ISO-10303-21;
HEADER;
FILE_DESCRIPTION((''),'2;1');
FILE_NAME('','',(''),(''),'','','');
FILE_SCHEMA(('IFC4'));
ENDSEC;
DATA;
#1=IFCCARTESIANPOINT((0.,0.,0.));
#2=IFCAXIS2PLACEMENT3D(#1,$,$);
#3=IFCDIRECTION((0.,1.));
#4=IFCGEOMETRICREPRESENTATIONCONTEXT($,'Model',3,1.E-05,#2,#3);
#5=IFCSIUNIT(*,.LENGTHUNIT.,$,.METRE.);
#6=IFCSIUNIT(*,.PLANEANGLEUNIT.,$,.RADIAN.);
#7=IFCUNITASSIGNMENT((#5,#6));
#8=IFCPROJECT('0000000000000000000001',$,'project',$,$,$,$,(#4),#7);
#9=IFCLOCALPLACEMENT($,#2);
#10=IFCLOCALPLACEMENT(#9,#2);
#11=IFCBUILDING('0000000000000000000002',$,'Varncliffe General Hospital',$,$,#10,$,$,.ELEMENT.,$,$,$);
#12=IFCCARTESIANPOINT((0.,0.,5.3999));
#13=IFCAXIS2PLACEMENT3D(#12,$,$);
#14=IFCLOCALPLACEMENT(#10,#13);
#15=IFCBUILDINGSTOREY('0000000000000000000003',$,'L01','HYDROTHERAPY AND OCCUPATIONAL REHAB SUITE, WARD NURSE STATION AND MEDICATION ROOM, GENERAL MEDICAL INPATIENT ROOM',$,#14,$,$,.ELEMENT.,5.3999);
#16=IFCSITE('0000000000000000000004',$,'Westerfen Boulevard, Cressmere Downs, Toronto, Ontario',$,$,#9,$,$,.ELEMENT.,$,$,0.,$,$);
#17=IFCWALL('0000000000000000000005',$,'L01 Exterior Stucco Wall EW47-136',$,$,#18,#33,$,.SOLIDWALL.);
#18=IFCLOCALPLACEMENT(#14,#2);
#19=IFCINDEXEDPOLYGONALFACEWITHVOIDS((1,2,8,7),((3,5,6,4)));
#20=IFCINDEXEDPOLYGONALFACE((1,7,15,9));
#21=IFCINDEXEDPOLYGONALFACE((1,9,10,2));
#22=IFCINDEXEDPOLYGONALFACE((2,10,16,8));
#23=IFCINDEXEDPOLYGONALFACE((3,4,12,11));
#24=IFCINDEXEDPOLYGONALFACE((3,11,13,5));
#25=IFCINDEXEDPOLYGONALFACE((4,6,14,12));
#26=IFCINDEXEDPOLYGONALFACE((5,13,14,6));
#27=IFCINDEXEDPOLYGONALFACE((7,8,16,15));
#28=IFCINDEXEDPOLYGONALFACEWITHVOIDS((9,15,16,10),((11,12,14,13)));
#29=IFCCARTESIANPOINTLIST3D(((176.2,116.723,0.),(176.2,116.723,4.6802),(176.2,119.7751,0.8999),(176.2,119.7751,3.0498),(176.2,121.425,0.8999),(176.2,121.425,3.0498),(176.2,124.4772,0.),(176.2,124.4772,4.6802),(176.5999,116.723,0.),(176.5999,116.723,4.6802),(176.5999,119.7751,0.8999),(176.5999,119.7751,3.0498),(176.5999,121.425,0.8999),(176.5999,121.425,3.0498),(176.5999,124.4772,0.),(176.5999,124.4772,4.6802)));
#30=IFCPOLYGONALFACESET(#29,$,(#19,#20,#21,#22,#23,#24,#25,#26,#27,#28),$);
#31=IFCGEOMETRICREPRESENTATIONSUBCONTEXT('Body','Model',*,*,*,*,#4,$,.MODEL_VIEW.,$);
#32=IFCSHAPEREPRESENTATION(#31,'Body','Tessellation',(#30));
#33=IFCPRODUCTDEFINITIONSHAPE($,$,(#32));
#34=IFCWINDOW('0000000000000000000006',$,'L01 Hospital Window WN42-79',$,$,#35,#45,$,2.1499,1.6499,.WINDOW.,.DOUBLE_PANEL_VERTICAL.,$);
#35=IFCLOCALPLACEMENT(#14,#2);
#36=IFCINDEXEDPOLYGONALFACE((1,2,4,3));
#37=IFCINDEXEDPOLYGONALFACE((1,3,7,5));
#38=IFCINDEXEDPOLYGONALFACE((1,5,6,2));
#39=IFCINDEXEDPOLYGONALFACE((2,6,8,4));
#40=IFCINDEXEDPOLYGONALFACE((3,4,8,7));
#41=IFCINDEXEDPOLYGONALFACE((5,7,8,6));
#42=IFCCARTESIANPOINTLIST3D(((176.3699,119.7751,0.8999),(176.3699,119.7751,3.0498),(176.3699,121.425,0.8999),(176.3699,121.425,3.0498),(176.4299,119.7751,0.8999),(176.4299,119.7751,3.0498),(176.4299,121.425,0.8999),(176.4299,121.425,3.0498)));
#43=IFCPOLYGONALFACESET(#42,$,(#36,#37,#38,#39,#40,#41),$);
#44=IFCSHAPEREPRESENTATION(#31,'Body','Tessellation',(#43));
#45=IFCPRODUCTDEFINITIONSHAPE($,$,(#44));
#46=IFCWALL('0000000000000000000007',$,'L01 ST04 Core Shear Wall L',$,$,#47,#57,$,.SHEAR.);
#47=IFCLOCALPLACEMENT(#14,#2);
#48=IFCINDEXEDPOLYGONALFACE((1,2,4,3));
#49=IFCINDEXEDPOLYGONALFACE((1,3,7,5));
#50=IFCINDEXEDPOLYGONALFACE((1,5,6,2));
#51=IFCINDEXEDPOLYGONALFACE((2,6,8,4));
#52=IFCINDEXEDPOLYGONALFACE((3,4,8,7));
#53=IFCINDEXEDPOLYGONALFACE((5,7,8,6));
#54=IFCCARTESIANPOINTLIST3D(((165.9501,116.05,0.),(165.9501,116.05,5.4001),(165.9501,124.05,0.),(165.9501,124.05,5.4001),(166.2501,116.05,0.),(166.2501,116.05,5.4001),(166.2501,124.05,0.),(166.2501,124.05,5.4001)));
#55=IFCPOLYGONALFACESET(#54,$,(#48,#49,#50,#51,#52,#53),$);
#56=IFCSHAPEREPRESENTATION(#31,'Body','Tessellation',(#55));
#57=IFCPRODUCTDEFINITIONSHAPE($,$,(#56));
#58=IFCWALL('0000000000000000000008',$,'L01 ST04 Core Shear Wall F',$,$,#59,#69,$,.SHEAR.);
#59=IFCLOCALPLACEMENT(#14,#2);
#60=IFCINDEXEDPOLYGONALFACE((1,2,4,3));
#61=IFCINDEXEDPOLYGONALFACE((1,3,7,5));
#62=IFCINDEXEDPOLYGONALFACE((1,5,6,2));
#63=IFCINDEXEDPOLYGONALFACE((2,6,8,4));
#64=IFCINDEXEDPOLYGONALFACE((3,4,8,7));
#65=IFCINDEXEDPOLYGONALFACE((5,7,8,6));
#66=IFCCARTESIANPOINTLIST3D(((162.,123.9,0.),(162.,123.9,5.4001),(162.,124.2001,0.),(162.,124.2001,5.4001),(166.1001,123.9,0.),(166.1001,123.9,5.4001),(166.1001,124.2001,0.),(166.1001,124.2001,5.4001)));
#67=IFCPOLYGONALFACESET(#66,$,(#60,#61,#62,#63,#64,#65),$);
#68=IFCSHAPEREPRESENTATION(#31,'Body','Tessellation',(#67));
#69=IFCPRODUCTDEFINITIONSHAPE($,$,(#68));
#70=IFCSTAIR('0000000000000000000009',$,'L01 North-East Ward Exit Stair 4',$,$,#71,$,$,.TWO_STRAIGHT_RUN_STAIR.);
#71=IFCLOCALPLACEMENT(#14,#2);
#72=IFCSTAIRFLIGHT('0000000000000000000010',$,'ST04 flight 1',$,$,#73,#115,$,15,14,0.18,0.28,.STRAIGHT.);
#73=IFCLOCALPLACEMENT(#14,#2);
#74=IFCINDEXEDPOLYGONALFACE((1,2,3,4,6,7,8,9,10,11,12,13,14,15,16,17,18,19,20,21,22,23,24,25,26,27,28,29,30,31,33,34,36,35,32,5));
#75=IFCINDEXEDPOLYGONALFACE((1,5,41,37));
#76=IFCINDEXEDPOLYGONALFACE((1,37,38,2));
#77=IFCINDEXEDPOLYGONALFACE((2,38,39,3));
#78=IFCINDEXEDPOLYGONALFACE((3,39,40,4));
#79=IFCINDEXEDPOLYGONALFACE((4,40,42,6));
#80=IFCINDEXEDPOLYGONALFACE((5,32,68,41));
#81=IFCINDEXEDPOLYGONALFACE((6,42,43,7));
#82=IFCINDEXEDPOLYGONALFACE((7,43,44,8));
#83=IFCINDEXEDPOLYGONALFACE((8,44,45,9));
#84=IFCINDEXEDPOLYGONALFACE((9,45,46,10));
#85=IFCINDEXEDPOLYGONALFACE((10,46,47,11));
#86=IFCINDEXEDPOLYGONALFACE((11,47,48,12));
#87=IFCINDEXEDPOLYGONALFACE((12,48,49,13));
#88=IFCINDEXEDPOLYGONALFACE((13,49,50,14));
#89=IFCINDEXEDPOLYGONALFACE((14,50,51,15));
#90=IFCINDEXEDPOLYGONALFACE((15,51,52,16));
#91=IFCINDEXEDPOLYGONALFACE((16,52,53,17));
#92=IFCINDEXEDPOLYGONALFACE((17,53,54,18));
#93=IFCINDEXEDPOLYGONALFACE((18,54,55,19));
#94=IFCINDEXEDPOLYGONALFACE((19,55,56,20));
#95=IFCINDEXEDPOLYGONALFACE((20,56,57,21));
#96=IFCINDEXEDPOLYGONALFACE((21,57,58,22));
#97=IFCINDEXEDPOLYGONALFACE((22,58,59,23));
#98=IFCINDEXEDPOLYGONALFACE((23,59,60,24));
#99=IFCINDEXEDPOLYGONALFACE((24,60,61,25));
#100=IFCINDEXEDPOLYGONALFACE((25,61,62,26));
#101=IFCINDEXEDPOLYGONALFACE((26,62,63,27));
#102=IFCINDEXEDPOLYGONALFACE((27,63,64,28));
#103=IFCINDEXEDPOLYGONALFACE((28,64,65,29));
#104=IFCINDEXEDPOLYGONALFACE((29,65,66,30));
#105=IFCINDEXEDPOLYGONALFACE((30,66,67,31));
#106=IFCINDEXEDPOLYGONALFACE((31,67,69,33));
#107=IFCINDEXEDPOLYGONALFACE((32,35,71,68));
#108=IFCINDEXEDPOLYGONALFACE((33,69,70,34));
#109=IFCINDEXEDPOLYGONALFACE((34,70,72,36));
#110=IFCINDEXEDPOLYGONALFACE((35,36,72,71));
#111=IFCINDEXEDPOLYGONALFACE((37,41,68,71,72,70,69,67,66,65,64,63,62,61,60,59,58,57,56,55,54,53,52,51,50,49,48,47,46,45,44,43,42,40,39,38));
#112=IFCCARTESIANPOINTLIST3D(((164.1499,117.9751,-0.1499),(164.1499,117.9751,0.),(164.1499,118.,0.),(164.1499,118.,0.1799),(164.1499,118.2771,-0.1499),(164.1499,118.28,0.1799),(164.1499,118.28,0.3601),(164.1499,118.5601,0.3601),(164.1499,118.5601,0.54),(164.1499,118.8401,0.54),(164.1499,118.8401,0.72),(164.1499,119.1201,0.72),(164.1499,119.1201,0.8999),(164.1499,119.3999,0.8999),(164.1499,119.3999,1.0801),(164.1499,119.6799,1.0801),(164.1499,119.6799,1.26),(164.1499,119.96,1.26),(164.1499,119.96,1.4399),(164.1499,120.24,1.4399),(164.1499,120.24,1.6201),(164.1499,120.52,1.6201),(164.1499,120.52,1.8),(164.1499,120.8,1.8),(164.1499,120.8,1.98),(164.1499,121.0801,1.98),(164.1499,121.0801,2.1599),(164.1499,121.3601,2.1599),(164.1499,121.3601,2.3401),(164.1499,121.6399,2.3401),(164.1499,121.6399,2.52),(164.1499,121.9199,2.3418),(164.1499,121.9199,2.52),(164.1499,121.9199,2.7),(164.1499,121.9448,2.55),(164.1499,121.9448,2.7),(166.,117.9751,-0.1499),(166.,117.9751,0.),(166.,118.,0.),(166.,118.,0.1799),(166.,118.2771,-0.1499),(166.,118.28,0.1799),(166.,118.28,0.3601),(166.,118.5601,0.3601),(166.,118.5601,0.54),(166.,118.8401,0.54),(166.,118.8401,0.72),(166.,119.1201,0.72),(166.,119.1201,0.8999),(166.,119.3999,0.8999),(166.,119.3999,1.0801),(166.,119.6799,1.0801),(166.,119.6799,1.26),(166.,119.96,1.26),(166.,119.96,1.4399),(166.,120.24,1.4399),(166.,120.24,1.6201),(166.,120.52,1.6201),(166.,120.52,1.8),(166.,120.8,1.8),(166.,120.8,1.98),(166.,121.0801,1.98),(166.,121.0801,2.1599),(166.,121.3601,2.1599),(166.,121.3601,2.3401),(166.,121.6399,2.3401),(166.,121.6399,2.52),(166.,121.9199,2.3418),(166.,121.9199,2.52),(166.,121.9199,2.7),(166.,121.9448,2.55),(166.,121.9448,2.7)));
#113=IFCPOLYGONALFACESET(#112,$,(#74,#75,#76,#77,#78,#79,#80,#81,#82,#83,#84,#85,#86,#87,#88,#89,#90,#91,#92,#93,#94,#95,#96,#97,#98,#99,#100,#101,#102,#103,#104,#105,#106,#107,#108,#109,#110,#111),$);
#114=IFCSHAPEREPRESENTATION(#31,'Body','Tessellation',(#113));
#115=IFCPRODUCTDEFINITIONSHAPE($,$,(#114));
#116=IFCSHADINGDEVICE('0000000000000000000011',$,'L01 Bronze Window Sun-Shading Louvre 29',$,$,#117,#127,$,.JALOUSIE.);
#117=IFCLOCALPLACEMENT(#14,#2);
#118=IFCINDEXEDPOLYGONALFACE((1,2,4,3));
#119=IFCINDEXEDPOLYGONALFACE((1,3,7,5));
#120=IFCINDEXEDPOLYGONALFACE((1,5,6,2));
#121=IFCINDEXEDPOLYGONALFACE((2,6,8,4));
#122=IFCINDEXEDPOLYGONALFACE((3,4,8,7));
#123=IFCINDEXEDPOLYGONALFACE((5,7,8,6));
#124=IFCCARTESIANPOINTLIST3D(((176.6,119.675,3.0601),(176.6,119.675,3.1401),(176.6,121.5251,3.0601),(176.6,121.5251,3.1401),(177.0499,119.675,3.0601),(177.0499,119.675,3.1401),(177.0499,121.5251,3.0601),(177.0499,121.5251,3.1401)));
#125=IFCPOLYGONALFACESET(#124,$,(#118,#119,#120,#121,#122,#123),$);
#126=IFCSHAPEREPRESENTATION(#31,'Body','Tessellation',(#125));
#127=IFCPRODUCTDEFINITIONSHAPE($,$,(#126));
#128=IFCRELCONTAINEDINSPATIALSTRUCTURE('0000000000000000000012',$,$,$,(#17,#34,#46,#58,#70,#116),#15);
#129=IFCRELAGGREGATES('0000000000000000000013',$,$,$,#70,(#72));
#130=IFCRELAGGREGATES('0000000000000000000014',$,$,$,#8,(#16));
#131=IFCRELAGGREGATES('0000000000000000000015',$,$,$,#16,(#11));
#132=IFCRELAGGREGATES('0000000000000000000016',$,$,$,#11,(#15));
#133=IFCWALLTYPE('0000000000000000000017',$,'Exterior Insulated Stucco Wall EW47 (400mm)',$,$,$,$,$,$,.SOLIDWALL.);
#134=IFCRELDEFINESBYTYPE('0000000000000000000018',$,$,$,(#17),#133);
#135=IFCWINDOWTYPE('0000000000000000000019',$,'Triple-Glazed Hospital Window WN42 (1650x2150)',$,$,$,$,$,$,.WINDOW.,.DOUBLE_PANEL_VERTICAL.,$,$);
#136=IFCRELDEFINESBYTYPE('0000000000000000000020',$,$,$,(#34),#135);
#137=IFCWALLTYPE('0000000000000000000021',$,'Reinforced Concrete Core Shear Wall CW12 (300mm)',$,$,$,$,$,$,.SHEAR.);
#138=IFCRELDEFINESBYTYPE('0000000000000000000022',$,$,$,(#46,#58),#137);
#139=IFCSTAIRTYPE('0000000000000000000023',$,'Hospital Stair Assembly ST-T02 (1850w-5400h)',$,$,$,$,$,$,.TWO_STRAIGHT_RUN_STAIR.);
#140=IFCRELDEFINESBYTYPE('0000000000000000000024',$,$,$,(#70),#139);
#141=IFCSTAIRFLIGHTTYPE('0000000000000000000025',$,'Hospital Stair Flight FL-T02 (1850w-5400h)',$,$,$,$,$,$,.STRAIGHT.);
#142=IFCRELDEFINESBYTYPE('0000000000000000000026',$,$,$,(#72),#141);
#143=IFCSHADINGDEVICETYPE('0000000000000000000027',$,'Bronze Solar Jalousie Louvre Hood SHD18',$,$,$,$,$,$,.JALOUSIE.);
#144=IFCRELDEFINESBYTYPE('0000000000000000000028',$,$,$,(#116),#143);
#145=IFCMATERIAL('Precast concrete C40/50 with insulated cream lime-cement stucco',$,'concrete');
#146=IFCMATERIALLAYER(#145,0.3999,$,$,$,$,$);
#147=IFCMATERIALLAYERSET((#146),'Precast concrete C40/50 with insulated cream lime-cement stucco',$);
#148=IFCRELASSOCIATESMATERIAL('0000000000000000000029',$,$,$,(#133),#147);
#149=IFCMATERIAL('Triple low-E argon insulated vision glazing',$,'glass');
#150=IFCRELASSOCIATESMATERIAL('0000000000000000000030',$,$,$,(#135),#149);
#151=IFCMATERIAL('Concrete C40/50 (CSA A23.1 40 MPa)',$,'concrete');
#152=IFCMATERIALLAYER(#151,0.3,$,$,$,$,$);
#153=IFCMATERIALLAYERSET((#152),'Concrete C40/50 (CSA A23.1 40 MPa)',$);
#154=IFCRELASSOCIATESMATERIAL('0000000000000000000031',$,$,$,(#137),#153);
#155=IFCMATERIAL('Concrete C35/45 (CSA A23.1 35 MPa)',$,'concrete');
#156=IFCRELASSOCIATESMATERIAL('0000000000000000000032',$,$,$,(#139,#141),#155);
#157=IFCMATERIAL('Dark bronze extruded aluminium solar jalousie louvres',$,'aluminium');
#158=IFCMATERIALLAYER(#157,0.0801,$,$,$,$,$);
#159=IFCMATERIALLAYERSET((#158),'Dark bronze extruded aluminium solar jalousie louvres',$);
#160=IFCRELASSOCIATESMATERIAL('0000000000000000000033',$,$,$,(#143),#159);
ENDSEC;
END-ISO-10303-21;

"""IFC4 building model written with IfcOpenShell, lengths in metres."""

from ifc_helpers import new_model, si_unit, direction, frame, frame_2d, origin, origin_2d, place, context, subcontext, project, spatial, polyline, rectangle, outline, extrude, material, layer, layer_set, type_object, element, fill, aggregate, save


model = new_model("IFC4")

# Units and contexts
model_context = context("Model", 3, precision=1e-05, world=origin(), true_north=direction((0.0, 1.0)))
body_context = subcontext(model_context, "Body", "Model", "MODEL_VIEW")
ifc_project = project(units=[si_unit("LENGTHUNIT", "METRE"), si_unit("PLANEANGLEUNIT", "RADIAN")], contexts=[model_context])

# Site, building, storey
site_placement = place(None, origin())
site = spatial("IfcSite", under=ifc_project, at=site_placement, Name="Westerfen Boulevard, Cressmere Downs, Toronto, Ontario", CompositionType="ELEMENT", RefElevation=0.0)
building_placement = place(site_placement, origin())
building = spatial("IfcBuilding", under=site, at=building_placement, Name="Varncliffe General Hospital", CompositionType="ELEMENT")
storey_placement = place(building_placement, frame((0.0, 0.0, 5.3999)))
storey = spatial("IfcBuildingStorey", under=building, at=storey_placement, Name="L01", Description="HYDROTHERAPY AND OCCUPATIONAL REHAB SUITE, WARD NURSE STATION AND MEDICATION ROOM, GENERAL MEDICAL INPATIENT ROOM", CompositionType="ELEMENT", Elevation=5.3999)

# Shared definitions
ifc_material_1 = material(Name="Concrete C40/50 (CSA A23.1 40 MPa)", Category="concrete")

# Shared definitions
ifc_material_2 = material(Name="Concrete C35/45 (CSA A23.1 35 MPa)", Category="concrete")

# Shared definitions
ifc_material_3 = material(Name="Precast concrete C40/50 with insulated cream lime-cement stucco", Category="concrete")

# Wall, opening, window
ifc_material_4 = material(Name="Triple low-E argon insulated vision glazing", Category="glass")
ifc_layer_1 = layer(ifc_material_3, 0.3999)
ifc_layer_set_1 = layer_set([ifc_layer_1], Name="Precast concrete C40/50 with insulated cream lime-cement stucco")
wall_type_1 = type_object("IfcWallType", Name="Exterior Insulated Stucco Wall EW47 (400mm)", PredefinedType="SOLIDWALL", material=ifc_layer_set_1)
wall_1_placement = place(storey_placement, frame((176.3999, 124.4771, 0.0), z_axis=(0.0, 0.0, 1.0), x_axis=(0.0, -1.0, 0.0)))
wall_1 = element("IfcWall", 1, at=wall_1_placement, inside=storey, type_object=wall_type_1, Name="L01 Exterior Stucco Wall EW47-136", PredefinedType="SOLIDWALL", context=body_context, shape_type="SweptSolid", body=[
    extrude(rectangle(XDim=7.7542, YDim=0.3999, at=frame_2d((3.877, 0.0))), origin(), (0.0, 0.0, 1.0), 4.6802),
])
opening_1_placement = place(wall_1_placement, frame((3.052, 0.0, 0.8999)))
opening_1 = element("IfcOpeningElement", 2, at=opening_1_placement, cuts=wall_1, PredefinedType="OPENING", context=body_context, shape_type="SweptSolid", body=[
    extrude(rectangle(XDim=1.6499, YDim=2.1499, at=frame_2d((0.825, 1.075))), frame((0.0, 0.21, 0.0), z_axis=(0.0, -1.0, 0.0), x_axis=(1.0, 0.0, 0.0)), (0.0, 0.0, 1.0), 0.4199),
])
window_type_1 = type_object("IfcWindowType", Name="Triple-Glazed Hospital Window WN42 (1650x2150)", PartitioningType="DOUBLE_PANEL_VERTICAL", PredefinedType="WINDOW", material=ifc_material_4)
window_1_placement = place(opening_1_placement, origin())
window_1 = element("IfcWindow", 3, at=window_1_placement, inside=storey, type_object=window_type_1, Name="L01 Hospital Window WN42-79", OverallHeight=2.1499, OverallWidth=1.6499, PartitioningType="DOUBLE_PANEL_VERTICAL", PredefinedType="WINDOW", context=body_context, shape_type="SweptSolid", body=[
    extrude(rectangle(XDim=1.6499, YDim=2.1499, at=frame_2d((0.825, 1.075))), frame((0.0, 0.03, 0.0), z_axis=(0.0, -1.0, 0.0), x_axis=(1.0, 0.0, 0.0)), (0.0, 0.0, 1.0), 0.0601),
])
fill(opening_1, window_1)

# Walls
ifc_layer_2 = layer(ifc_material_1, 0.3)
ifc_layer_set_2 = layer_set([ifc_layer_2], Name="Concrete C40/50 (CSA A23.1 40 MPa)")
wall_type_2 = type_object("IfcWallType", Name="Reinforced Concrete Core Shear Wall CW12 (300mm)", PredefinedType="SHEAR", material=ifc_layer_set_2)
wall_2_placement = place(storey_placement, frame((166.1001, 116.05, 0.0), z_axis=(0.0, 0.0, 1.0), x_axis=(0.0, 1.0, 0.0)))
element("IfcWall", 4, at=wall_2_placement, inside=storey, type_object=wall_type_2, Name="L01 ST04 Core Shear Wall L", PredefinedType="SHEAR", context=body_context, shape_type="SweptSolid", body=[
    extrude(rectangle(XDim=8.0, YDim=0.3, at=frame_2d((4.0, 0.0))), origin(), (0.0, 0.0, 1.0), 5.4001),
])
wall_3_placement = place(storey_placement, frame((166.1001, 124.05, 0.0), z_axis=(0.0, 0.0, 1.0), x_axis=(-1.0, 0.0, 0.0)))
element("IfcWall", 5, at=wall_3_placement, inside=storey, type_object=wall_type_2, Name="L01 ST04 Core Shear Wall F", PredefinedType="SHEAR", context=body_context, shape_type="SweptSolid", body=[
    extrude(rectangle(XDim=4.1001, YDim=0.3, at=frame_2d((2.05, 0.0))), origin(), (0.0, 0.0, 1.0), 5.4001),
])

# Stair, stair flight
stair_type = type_object("IfcStairType", Name="Hospital Stair Assembly ST-T02 (1850w-5400h)", PredefinedType="TWO_STRAIGHT_RUN_STAIR", material=ifc_material_2)
stair_placement = place(storey_placement, origin())
stair = element("IfcStair", 6, at=stair_placement, inside=storey, type_object=stair_type, Name="L01 North-East Ward Exit Stair 4", PredefinedType="TWO_STRAIGHT_RUN_STAIR")
stair_flight_type = type_object("IfcStairFlightType", Name="Hospital Stair Flight FL-T02 (1850w-5400h)", PredefinedType="STRAIGHT", material=ifc_material_2)
stair_flight_placement = place(storey_placement, frame((165.075, 118.0, 0.0), z_axis=(0.0, 0.0, 1.0), x_axis=(0.0, 1.0, 0.0)))
stair_flight = element("IfcStairFlight", 7, at=stair_flight_placement, type_object=stair_flight_type, Name="ST04 flight 1", NumberOfRisers=15, NumberOfTreads=14, PredefinedType="STRAIGHT", RiserHeight=0.18, TreadLength=0.28, context=body_context, shape_type="SweptSolid", body=[
    extrude(outline(polyline([(-0.0249, -0.1499), (-0.0249, 0.0), (0.0, 0.0), (0.0, 0.1799), (0.28, 0.1799), (0.28, 0.3601), (0.5601, 0.3601), (0.5601, 0.54), (0.8401, 0.54), (0.8401, 0.72), (1.1201, 0.72), (1.1201, 0.8999), (1.3999, 0.8999), (1.3999, 1.0801), (1.6799, 1.0801), (1.6799, 1.26), (1.96, 1.26), (1.96, 1.4399), (2.24, 1.4399), (2.24, 1.6201), (2.52, 1.6201), (2.52, 1.8), (2.8, 1.8), (2.8, 1.98), (3.0801, 1.98), (3.0801, 2.1599), (3.3601, 2.1599), (3.3601, 2.3401), (3.6399, 2.3401), (3.6399, 2.52), (3.9199, 2.52), (3.9199, 2.7), (3.9448, 2.7), (3.9448, 2.55), (3.9199, 2.3418), (0.2771, -0.1499), (-0.0249, -0.1499)])), frame((0.0, 0.925, 0.0), z_axis=(0.0, -1.0, 0.0), x_axis=(1.0, 0.0, 0.0)), (0.0, 0.0, 1.0), 1.8501),
])
aggregate(stair, [stair_flight])

# Shading device
ifc_material_5 = material(Name="Dark bronze extruded aluminium solar jalousie louvres", Category="aluminium")
ifc_layer_3 = layer(ifc_material_5, 0.0801)
ifc_layer_set_3 = layer_set([ifc_layer_3], Name="Dark bronze extruded aluminium solar jalousie louvres")
shading_device_type = type_object("IfcShadingDeviceType", Name="Bronze Solar Jalousie Louvre Hood SHD18", PredefinedType="JALOUSIE", material=ifc_layer_set_3)
shading_device_placement = place(storey_placement, frame((176.825, 120.6001, 3.0601), z_axis=(0.0, 0.0, 1.0), x_axis=(0.0, -1.0, 0.0)))
element("IfcShadingDevice", 8, at=shading_device_placement, inside=storey, type_object=shading_device_type, Name="L01 Bronze Window Sun-Shading Louvre 29", PredefinedType="JALOUSIE", context=body_context, shape_type="SweptSolid", body=[
    extrude(rectangle(XDim=1.8501, YDim=0.45, at=origin_2d()), origin(), (0.0, 0.0, 1.0), 0.0801),
])

save(model, "model.ifc")
